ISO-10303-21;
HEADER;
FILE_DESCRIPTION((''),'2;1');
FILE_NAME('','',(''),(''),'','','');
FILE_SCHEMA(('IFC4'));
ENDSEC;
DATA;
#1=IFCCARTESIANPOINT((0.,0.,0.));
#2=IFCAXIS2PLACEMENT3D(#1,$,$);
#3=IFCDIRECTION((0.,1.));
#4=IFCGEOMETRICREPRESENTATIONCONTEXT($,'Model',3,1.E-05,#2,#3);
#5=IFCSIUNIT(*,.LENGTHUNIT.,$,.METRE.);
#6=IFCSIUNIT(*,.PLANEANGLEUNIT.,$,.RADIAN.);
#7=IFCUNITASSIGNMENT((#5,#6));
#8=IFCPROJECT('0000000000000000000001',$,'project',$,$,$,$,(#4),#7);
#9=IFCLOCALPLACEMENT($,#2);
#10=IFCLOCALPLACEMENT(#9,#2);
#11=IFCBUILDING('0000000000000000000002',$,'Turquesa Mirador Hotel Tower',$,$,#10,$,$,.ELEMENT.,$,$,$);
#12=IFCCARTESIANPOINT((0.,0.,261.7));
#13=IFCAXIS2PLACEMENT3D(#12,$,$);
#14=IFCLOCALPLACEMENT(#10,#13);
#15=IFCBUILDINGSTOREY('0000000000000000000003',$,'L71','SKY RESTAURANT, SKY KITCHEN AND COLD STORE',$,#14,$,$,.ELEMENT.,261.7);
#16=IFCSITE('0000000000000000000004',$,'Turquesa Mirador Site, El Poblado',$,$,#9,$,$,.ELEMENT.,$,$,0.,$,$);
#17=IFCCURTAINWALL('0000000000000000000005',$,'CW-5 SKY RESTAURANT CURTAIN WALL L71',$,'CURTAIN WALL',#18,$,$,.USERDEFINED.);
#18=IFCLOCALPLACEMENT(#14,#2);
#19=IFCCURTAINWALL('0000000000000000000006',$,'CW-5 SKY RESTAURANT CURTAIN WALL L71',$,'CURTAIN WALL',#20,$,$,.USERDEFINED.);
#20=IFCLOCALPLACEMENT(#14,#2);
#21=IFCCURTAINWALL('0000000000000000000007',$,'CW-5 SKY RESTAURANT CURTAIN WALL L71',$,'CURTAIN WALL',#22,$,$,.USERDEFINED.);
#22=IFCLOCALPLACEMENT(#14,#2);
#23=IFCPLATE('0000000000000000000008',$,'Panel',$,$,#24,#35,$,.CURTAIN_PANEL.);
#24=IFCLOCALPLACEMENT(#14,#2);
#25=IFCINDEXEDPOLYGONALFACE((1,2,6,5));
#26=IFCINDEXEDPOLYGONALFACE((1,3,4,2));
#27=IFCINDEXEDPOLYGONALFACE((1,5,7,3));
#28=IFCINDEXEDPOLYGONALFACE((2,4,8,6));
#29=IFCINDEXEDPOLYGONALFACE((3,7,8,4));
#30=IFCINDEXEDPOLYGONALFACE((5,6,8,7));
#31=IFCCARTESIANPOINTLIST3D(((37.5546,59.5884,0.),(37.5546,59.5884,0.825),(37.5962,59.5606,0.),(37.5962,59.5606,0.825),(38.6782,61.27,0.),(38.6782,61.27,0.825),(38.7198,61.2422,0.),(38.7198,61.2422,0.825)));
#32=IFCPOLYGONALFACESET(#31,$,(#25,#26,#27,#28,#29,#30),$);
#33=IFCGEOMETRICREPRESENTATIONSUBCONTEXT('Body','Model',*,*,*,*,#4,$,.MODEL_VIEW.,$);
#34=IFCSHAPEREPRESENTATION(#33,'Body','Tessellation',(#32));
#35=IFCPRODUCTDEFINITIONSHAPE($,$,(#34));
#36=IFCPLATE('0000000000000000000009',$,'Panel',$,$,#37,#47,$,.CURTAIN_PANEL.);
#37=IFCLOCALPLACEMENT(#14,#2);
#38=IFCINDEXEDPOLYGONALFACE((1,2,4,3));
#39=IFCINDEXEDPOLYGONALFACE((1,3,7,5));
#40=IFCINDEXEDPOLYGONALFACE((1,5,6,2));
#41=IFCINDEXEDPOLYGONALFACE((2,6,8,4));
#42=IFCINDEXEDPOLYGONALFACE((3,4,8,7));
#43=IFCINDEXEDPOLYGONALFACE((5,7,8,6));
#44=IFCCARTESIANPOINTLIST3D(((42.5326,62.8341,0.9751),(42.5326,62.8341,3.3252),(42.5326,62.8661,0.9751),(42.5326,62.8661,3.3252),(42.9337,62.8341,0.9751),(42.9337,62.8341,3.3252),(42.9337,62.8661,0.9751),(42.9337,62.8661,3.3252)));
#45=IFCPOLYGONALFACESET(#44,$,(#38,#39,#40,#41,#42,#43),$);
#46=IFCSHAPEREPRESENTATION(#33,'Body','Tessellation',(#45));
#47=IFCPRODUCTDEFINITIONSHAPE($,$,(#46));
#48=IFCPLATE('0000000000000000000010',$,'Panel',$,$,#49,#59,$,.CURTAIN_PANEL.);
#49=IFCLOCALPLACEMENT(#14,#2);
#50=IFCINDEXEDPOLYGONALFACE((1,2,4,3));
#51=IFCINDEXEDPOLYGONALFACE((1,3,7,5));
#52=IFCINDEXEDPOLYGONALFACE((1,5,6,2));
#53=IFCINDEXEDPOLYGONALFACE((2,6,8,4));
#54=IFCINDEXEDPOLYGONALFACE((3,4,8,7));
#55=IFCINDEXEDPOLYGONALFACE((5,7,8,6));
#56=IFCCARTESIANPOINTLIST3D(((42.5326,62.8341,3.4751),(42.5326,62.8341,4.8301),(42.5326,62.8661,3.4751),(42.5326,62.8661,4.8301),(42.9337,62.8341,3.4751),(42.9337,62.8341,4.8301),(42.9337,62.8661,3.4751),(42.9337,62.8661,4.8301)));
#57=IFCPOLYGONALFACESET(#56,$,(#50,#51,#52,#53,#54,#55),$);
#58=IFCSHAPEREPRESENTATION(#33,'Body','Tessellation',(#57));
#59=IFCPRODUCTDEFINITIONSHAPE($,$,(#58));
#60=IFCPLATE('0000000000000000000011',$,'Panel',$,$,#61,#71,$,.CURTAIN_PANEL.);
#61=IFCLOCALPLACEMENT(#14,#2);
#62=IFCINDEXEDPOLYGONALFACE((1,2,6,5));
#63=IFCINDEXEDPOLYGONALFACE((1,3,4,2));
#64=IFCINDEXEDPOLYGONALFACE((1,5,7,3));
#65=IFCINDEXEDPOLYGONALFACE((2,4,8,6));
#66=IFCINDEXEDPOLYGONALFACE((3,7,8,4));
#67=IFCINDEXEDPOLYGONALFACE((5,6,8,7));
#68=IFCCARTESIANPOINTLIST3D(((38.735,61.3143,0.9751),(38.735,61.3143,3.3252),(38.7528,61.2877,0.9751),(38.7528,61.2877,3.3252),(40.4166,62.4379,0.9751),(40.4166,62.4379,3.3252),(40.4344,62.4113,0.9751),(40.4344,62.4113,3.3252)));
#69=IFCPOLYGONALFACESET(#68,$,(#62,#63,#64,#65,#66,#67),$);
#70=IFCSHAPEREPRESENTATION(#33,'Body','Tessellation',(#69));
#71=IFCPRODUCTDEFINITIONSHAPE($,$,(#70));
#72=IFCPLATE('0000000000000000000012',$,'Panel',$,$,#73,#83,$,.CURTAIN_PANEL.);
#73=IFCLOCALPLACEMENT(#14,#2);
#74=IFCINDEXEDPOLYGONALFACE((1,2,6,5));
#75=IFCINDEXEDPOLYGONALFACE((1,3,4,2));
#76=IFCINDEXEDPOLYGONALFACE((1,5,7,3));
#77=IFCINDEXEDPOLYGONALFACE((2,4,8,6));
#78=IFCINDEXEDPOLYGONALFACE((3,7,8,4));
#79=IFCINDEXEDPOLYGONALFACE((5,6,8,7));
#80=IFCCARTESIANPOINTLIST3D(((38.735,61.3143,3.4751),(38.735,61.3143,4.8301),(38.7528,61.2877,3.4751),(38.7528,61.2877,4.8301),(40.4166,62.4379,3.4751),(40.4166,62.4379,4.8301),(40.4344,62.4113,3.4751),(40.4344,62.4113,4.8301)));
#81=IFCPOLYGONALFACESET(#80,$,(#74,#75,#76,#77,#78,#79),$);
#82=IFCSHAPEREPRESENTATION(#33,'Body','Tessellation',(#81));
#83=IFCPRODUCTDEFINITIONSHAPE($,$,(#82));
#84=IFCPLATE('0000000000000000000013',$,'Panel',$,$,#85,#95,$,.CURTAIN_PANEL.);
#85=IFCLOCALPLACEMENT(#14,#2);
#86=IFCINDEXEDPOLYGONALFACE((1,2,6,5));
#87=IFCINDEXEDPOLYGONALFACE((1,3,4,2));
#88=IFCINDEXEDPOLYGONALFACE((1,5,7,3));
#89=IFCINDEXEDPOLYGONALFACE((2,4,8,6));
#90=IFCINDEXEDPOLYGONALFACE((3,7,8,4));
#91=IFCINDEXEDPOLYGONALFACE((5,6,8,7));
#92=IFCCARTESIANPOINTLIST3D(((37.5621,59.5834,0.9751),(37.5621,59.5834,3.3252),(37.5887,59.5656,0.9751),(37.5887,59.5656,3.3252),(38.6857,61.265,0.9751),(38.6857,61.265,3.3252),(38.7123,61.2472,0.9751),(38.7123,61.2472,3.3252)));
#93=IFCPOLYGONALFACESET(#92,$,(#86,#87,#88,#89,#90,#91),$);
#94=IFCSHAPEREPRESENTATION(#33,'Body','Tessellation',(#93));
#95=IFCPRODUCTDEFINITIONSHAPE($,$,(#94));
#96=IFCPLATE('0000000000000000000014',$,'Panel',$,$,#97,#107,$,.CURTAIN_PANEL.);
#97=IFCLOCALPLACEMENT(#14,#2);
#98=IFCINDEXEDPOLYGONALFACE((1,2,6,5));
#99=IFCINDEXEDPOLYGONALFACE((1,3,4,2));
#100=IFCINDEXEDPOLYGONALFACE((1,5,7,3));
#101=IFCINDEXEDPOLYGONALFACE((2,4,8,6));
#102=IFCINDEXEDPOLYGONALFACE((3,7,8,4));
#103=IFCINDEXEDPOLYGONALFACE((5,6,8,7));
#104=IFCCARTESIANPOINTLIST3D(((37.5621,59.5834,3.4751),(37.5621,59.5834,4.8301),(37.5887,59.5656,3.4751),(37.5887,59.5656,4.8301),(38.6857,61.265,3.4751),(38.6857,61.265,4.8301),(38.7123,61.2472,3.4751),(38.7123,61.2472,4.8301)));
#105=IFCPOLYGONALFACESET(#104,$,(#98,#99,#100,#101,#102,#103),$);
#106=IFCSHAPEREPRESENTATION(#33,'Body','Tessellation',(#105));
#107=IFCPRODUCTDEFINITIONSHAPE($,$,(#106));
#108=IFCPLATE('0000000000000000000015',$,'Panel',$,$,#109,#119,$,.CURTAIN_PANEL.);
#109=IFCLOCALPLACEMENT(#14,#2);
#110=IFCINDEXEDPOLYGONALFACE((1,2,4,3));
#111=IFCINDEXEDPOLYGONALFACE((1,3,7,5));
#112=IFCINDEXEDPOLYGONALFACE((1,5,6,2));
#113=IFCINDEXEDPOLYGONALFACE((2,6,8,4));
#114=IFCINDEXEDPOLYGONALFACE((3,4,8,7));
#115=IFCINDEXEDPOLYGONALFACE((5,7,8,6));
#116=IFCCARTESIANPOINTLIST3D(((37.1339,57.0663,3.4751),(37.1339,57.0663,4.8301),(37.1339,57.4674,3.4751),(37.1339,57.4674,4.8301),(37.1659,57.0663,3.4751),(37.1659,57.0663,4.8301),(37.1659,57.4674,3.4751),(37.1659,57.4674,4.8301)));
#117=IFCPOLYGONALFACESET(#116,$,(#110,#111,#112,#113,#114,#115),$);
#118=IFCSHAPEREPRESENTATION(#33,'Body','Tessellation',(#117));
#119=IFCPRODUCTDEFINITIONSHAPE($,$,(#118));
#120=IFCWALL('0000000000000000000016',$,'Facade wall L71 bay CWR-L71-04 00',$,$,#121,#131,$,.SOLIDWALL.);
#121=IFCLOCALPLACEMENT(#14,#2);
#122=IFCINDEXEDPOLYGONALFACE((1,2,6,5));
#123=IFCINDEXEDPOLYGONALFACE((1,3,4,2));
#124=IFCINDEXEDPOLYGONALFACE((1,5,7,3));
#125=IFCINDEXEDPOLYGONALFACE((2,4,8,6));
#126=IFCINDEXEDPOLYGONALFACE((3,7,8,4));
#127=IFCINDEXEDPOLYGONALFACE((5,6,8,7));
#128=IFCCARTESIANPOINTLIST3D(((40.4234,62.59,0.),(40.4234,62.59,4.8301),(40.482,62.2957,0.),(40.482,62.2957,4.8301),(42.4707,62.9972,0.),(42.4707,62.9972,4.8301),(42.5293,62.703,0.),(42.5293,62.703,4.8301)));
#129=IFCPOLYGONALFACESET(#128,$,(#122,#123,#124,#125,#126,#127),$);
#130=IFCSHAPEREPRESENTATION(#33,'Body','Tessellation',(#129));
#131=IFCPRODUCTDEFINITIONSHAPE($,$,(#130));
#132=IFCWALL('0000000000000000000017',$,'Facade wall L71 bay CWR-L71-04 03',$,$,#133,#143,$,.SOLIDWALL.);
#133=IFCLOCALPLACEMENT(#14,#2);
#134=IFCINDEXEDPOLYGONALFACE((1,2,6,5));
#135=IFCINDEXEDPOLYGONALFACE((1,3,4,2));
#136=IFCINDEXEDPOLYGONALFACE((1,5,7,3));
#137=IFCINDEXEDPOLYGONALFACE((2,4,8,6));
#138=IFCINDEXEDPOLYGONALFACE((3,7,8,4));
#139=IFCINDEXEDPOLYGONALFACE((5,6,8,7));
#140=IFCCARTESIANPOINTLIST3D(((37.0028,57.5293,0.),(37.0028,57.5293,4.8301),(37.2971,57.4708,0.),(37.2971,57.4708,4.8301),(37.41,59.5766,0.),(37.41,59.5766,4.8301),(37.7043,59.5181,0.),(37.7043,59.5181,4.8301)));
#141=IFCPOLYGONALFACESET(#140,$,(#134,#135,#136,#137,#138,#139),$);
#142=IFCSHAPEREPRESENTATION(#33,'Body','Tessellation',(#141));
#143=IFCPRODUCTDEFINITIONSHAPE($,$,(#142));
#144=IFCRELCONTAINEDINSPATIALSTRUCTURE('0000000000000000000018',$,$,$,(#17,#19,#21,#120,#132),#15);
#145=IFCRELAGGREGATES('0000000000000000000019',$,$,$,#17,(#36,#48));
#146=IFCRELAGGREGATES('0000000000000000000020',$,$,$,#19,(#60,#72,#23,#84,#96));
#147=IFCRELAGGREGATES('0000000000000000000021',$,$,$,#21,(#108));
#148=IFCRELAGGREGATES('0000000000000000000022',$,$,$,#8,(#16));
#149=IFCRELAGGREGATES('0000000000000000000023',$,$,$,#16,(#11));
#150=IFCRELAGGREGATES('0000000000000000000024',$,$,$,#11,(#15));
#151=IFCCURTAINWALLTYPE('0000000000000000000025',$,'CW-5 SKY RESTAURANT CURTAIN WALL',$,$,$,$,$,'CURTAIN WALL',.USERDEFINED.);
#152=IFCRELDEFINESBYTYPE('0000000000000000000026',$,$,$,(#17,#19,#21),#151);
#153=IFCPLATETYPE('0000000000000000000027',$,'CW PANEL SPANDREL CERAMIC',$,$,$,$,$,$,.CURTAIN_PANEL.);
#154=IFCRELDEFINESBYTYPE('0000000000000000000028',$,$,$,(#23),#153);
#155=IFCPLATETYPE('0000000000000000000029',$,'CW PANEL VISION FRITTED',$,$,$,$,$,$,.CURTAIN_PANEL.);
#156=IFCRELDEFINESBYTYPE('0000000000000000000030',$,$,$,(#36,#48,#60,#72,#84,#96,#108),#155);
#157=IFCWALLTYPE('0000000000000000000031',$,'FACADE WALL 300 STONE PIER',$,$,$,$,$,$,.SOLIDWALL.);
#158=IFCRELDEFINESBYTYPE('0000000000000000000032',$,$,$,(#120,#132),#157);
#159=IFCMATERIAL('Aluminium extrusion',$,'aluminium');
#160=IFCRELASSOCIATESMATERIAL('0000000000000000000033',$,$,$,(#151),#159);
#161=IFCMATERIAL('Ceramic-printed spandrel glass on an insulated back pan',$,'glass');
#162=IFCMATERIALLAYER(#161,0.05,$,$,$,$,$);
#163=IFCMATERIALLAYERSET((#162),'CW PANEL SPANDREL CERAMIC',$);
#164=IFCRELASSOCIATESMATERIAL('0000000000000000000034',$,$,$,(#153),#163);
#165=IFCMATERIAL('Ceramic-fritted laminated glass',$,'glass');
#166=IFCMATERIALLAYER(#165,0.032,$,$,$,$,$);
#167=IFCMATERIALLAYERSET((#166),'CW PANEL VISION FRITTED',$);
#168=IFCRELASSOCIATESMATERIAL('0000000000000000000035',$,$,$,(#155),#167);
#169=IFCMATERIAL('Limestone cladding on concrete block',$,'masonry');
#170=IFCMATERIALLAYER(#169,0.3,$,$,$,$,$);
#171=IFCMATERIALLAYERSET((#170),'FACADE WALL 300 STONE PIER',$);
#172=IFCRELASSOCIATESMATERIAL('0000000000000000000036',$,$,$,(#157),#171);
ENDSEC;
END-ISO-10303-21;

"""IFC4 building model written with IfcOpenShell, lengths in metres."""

from ifc_helpers import new_model, si_unit, direction, frame, frame_2d, origin, origin_2d, place, context, subcontext, project, spatial, rectangle, extrude, material, layer, layer_set, type_object, element, aggregate, save


model = new_model("IFC4")

# Units and contexts
model_context = context("Model", 3, precision=1e-05, world=origin(), true_north=direction((0.0, 1.0)))
body_context = subcontext(model_context, "Body", "Model", "MODEL_VIEW")
ifc_project = project(units=[si_unit("LENGTHUNIT", "METRE"), si_unit("PLANEANGLEUNIT", "RADIAN")], contexts=[model_context])

# Site, building, storey
site_placement = place(None, origin())
site = spatial("IfcSite", under=ifc_project, at=site_placement, Name="Turquesa Mirador Site, El Poblado", CompositionType="ELEMENT", RefElevation=0.0)
building_placement = place(site_placement, origin())
building = spatial("IfcBuilding", under=site, at=building_placement, Name="Turquesa Mirador Hotel Tower", CompositionType="ELEMENT")
storey_placement = place(building_placement, frame((0.0, 0.0, 261.7)))
storey = spatial("IfcBuildingStorey", under=building, at=storey_placement, Name="L71", Description="SKY RESTAURANT, SKY KITCHEN AND COLD STORE", CompositionType="ELEMENT", Elevation=261.7)

# Shared definitions
ifc_material_1 = material(Name="Aluminium extrusion", Category="aluminium")
curtain_wall_type = type_object("IfcCurtainWallType", Name="CW-5 SKY RESTAURANT CURTAIN WALL", ElementType="CURTAIN WALL", PredefinedType="USERDEFINED", material=ifc_material_1)

# Curtain walls
curtain_wall_1_placement = place(storey_placement, origin())
curtain_wall_1 = element("IfcCurtainWall", 1, at=curtain_wall_1_placement, inside=storey, type_object=curtain_wall_type, Name="CW-5 SKY RESTAURANT CURTAIN WALL L71", ObjectType="CURTAIN WALL", PredefinedType="USERDEFINED")
curtain_wall_2_placement = place(storey_placement, origin())
curtain_wall_2 = element("IfcCurtainWall", 2, at=curtain_wall_2_placement, inside=storey, type_object=curtain_wall_type, Name="CW-5 SKY RESTAURANT CURTAIN WALL L71", ObjectType="CURTAIN WALL", PredefinedType="USERDEFINED")

# Curtain wall
curtain_wall_3_placement = place(storey_placement, origin())
curtain_wall_3 = element("IfcCurtainWall", 3, at=curtain_wall_3_placement, inside=storey, type_object=curtain_wall_type, Name="CW-5 SKY RESTAURANT CURTAIN WALL L71", ObjectType="CURTAIN WALL", PredefinedType="USERDEFINED")

# Plates
ifc_material_2 = material(Name="Ceramic-printed spandrel glass on an insulated back pan", Category="glass")
ifc_layer_1 = layer(ifc_material_2, 0.05)
ifc_layer_set_1 = layer_set([ifc_layer_1], Name="CW PANEL SPANDREL CERAMIC")
plate_type_1 = type_object("IfcPlateType", Name="CW PANEL SPANDREL CERAMIC", PredefinedType="CURTAIN_PANEL", material=ifc_layer_set_1)
plate_1_placement = place(storey_placement, frame((38.1372, 60.4153, 0.0), z_axis=(0.0, 0.0, 1.0), x_axis=(-0.55557, -0.83147, 0.0)))
plate_1 = element("IfcPlate", 4, at=plate_1_placement, type_object=plate_type_1, Name="Panel", PredefinedType="CURTAIN_PANEL", context=body_context, shape_type="SweptSolid", body=[
    extrude(rectangle(XDim=2.0225, YDim=0.05, at=origin_2d()), origin(), (0.0, 0.0, 1.0), 0.825),
])
ifc_material_3 = material(Name="Ceramic-fritted laminated glass", Category="glass")
ifc_layer_2 = layer(ifc_material_3, 0.032)
ifc_layer_set_2 = layer_set([ifc_layer_2], Name="CW PANEL VISION FRITTED")
plate_type_2 = type_object("IfcPlateType", Name="CW PANEL VISION FRITTED", PredefinedType="CURTAIN_PANEL", material=ifc_layer_set_2)
plate_2_placement = place(storey_placement, frame((42.7332, 62.8501, 0.9751), z_axis=(0.0, 0.0, 1.0), x_axis=(-1.0, 0.0, 0.0)))
plate_2 = element("IfcPlate", 5, at=plate_2_placement, type_object=plate_type_2, Name="Panel", PredefinedType="CURTAIN_PANEL", context=body_context, shape_type="SweptSolid", body=[
    extrude(rectangle(XDim=0.4011, YDim=0.032, at=origin_2d()), origin(), (0.0, 0.0, 1.0), 2.3501),
])
plate_3_placement = place(storey_placement, frame((42.7332, 62.8501, 3.4751), z_axis=(0.0, 0.0, 1.0), x_axis=(-1.0, 0.0, 0.0)))
plate_3 = element("IfcPlate", 6, at=plate_3_placement, type_object=plate_type_2, Name="Panel", PredefinedType="CURTAIN_PANEL", context=body_context, shape_type="SweptSolid", body=[
    extrude(rectangle(XDim=0.4011, YDim=0.032, at=origin_2d()), origin(), (0.0, 0.0, 1.0), 1.355),
])
aggregate(curtain_wall_1, [plate_2, plate_3])
plate_4_placement = place(storey_placement, frame((39.5847, 61.8628, 0.9751), z_axis=(0.0, 0.0, 1.0), x_axis=(-0.83147, -0.55557, 0.0)))
plate_4 = element("IfcPlate", 7, at=plate_4_placement, type_object=plate_type_2, Name="Panel", PredefinedType="CURTAIN_PANEL", context=body_context, shape_type="SweptSolid", body=[
    extrude(rectangle(XDim=2.0225, YDim=0.032, at=origin_2d()), origin(), (0.0, 0.0, 1.0), 2.3501),
])
plate_5_placement = place(storey_placement, frame((39.5847, 61.8628, 3.4751), z_axis=(0.0, 0.0, 1.0), x_axis=(-0.83147, -0.55557, 0.0)))
plate_5 = element("IfcPlate", 8, at=plate_5_placement, type_object=plate_type_2, Name="Panel", PredefinedType="CURTAIN_PANEL", context=body_context, shape_type="SweptSolid", body=[
    extrude(rectangle(XDim=2.0225, YDim=0.032, at=origin_2d()), origin(), (0.0, 0.0, 1.0), 1.355),
])
plate_6_placement = place(storey_placement, frame((38.1372, 60.4153, 0.9751), z_axis=(0.0, 0.0, 1.0), x_axis=(-0.55557, -0.83147, 0.0)))
plate_6 = element("IfcPlate", 9, at=plate_6_placement, type_object=plate_type_2, Name="Panel", PredefinedType="CURTAIN_PANEL", context=body_context, shape_type="SweptSolid", body=[
    extrude(rectangle(XDim=2.0225, YDim=0.032, at=origin_2d()), origin(), (0.0, 0.0, 1.0), 2.3501),
])
plate_7_placement = place(storey_placement, frame((38.1372, 60.4153, 3.4751), z_axis=(0.0, 0.0, 1.0), x_axis=(-0.55557, -0.83147, 0.0)))
plate_7 = element("IfcPlate", 10, at=plate_7_placement, type_object=plate_type_2, Name="Panel", PredefinedType="CURTAIN_PANEL", context=body_context, shape_type="SweptSolid", body=[
    extrude(rectangle(XDim=2.0225, YDim=0.032, at=origin_2d()), origin(), (0.0, 0.0, 1.0), 1.355),
])
aggregate(curtain_wall_2, [plate_4, plate_5, plate_1, plate_6, plate_7])
plate_8_placement = place(storey_placement, frame((37.1499, 57.2668, 3.4751), z_axis=(0.0, 0.0, 1.0), x_axis=(0.0, -1.0, 0.0)))
plate_8 = element("IfcPlate", 11, at=plate_8_placement, type_object=plate_type_2, Name="Panel", PredefinedType="CURTAIN_PANEL", context=body_context, shape_type="SweptSolid", body=[
    extrude(rectangle(XDim=0.4011, YDim=0.032, at=origin_2d()), origin(), (0.0, 0.0, 1.0), 1.355),
])
aggregate(curtain_wall_3, [plate_8])

# Walls
ifc_material_4 = material(Name="Limestone cladding on concrete block", Category="masonry")
ifc_layer_3 = layer(ifc_material_4, 0.3)
ifc_layer_set_3 = layer_set([ifc_layer_3], Name="FACADE WALL 300 STONE PIER")
wall_type = type_object("IfcWallType", Name="FACADE WALL 300 STONE PIER", PredefinedType="SOLIDWALL", material=ifc_layer_set_3)
for number, where, z_axis, x_axis, name in (
    (12, (42.5, 62.8501, 0.0), (0.0, 0.0, 1.0), (-0.980787, -0.195081, 0.0), "Facade wall L71 bay CWR-L71-04 00"),
    (13, (37.5571, 59.5474, 0.0), (0.0, 0.0, 1.0), (-0.195081, -0.980787, 0.0), "Facade wall L71 bay CWR-L71-04 03"),
):
    element("IfcWall", number, at=place(storey_placement, frame(where, z_axis=z_axis, x_axis=x_axis)), inside=storey, type_object=wall_type, Name=name, PredefinedType="SOLIDWALL", context=body_context, shape_type="SweptSolid", body=[
        extrude(rectangle(XDim=2.0874, YDim=0.3, at=frame_2d((1.0437, 0.0))), origin(), (0.0, 0.0, 1.0), 4.8301),
    ])

save(model, "model.ifc")
